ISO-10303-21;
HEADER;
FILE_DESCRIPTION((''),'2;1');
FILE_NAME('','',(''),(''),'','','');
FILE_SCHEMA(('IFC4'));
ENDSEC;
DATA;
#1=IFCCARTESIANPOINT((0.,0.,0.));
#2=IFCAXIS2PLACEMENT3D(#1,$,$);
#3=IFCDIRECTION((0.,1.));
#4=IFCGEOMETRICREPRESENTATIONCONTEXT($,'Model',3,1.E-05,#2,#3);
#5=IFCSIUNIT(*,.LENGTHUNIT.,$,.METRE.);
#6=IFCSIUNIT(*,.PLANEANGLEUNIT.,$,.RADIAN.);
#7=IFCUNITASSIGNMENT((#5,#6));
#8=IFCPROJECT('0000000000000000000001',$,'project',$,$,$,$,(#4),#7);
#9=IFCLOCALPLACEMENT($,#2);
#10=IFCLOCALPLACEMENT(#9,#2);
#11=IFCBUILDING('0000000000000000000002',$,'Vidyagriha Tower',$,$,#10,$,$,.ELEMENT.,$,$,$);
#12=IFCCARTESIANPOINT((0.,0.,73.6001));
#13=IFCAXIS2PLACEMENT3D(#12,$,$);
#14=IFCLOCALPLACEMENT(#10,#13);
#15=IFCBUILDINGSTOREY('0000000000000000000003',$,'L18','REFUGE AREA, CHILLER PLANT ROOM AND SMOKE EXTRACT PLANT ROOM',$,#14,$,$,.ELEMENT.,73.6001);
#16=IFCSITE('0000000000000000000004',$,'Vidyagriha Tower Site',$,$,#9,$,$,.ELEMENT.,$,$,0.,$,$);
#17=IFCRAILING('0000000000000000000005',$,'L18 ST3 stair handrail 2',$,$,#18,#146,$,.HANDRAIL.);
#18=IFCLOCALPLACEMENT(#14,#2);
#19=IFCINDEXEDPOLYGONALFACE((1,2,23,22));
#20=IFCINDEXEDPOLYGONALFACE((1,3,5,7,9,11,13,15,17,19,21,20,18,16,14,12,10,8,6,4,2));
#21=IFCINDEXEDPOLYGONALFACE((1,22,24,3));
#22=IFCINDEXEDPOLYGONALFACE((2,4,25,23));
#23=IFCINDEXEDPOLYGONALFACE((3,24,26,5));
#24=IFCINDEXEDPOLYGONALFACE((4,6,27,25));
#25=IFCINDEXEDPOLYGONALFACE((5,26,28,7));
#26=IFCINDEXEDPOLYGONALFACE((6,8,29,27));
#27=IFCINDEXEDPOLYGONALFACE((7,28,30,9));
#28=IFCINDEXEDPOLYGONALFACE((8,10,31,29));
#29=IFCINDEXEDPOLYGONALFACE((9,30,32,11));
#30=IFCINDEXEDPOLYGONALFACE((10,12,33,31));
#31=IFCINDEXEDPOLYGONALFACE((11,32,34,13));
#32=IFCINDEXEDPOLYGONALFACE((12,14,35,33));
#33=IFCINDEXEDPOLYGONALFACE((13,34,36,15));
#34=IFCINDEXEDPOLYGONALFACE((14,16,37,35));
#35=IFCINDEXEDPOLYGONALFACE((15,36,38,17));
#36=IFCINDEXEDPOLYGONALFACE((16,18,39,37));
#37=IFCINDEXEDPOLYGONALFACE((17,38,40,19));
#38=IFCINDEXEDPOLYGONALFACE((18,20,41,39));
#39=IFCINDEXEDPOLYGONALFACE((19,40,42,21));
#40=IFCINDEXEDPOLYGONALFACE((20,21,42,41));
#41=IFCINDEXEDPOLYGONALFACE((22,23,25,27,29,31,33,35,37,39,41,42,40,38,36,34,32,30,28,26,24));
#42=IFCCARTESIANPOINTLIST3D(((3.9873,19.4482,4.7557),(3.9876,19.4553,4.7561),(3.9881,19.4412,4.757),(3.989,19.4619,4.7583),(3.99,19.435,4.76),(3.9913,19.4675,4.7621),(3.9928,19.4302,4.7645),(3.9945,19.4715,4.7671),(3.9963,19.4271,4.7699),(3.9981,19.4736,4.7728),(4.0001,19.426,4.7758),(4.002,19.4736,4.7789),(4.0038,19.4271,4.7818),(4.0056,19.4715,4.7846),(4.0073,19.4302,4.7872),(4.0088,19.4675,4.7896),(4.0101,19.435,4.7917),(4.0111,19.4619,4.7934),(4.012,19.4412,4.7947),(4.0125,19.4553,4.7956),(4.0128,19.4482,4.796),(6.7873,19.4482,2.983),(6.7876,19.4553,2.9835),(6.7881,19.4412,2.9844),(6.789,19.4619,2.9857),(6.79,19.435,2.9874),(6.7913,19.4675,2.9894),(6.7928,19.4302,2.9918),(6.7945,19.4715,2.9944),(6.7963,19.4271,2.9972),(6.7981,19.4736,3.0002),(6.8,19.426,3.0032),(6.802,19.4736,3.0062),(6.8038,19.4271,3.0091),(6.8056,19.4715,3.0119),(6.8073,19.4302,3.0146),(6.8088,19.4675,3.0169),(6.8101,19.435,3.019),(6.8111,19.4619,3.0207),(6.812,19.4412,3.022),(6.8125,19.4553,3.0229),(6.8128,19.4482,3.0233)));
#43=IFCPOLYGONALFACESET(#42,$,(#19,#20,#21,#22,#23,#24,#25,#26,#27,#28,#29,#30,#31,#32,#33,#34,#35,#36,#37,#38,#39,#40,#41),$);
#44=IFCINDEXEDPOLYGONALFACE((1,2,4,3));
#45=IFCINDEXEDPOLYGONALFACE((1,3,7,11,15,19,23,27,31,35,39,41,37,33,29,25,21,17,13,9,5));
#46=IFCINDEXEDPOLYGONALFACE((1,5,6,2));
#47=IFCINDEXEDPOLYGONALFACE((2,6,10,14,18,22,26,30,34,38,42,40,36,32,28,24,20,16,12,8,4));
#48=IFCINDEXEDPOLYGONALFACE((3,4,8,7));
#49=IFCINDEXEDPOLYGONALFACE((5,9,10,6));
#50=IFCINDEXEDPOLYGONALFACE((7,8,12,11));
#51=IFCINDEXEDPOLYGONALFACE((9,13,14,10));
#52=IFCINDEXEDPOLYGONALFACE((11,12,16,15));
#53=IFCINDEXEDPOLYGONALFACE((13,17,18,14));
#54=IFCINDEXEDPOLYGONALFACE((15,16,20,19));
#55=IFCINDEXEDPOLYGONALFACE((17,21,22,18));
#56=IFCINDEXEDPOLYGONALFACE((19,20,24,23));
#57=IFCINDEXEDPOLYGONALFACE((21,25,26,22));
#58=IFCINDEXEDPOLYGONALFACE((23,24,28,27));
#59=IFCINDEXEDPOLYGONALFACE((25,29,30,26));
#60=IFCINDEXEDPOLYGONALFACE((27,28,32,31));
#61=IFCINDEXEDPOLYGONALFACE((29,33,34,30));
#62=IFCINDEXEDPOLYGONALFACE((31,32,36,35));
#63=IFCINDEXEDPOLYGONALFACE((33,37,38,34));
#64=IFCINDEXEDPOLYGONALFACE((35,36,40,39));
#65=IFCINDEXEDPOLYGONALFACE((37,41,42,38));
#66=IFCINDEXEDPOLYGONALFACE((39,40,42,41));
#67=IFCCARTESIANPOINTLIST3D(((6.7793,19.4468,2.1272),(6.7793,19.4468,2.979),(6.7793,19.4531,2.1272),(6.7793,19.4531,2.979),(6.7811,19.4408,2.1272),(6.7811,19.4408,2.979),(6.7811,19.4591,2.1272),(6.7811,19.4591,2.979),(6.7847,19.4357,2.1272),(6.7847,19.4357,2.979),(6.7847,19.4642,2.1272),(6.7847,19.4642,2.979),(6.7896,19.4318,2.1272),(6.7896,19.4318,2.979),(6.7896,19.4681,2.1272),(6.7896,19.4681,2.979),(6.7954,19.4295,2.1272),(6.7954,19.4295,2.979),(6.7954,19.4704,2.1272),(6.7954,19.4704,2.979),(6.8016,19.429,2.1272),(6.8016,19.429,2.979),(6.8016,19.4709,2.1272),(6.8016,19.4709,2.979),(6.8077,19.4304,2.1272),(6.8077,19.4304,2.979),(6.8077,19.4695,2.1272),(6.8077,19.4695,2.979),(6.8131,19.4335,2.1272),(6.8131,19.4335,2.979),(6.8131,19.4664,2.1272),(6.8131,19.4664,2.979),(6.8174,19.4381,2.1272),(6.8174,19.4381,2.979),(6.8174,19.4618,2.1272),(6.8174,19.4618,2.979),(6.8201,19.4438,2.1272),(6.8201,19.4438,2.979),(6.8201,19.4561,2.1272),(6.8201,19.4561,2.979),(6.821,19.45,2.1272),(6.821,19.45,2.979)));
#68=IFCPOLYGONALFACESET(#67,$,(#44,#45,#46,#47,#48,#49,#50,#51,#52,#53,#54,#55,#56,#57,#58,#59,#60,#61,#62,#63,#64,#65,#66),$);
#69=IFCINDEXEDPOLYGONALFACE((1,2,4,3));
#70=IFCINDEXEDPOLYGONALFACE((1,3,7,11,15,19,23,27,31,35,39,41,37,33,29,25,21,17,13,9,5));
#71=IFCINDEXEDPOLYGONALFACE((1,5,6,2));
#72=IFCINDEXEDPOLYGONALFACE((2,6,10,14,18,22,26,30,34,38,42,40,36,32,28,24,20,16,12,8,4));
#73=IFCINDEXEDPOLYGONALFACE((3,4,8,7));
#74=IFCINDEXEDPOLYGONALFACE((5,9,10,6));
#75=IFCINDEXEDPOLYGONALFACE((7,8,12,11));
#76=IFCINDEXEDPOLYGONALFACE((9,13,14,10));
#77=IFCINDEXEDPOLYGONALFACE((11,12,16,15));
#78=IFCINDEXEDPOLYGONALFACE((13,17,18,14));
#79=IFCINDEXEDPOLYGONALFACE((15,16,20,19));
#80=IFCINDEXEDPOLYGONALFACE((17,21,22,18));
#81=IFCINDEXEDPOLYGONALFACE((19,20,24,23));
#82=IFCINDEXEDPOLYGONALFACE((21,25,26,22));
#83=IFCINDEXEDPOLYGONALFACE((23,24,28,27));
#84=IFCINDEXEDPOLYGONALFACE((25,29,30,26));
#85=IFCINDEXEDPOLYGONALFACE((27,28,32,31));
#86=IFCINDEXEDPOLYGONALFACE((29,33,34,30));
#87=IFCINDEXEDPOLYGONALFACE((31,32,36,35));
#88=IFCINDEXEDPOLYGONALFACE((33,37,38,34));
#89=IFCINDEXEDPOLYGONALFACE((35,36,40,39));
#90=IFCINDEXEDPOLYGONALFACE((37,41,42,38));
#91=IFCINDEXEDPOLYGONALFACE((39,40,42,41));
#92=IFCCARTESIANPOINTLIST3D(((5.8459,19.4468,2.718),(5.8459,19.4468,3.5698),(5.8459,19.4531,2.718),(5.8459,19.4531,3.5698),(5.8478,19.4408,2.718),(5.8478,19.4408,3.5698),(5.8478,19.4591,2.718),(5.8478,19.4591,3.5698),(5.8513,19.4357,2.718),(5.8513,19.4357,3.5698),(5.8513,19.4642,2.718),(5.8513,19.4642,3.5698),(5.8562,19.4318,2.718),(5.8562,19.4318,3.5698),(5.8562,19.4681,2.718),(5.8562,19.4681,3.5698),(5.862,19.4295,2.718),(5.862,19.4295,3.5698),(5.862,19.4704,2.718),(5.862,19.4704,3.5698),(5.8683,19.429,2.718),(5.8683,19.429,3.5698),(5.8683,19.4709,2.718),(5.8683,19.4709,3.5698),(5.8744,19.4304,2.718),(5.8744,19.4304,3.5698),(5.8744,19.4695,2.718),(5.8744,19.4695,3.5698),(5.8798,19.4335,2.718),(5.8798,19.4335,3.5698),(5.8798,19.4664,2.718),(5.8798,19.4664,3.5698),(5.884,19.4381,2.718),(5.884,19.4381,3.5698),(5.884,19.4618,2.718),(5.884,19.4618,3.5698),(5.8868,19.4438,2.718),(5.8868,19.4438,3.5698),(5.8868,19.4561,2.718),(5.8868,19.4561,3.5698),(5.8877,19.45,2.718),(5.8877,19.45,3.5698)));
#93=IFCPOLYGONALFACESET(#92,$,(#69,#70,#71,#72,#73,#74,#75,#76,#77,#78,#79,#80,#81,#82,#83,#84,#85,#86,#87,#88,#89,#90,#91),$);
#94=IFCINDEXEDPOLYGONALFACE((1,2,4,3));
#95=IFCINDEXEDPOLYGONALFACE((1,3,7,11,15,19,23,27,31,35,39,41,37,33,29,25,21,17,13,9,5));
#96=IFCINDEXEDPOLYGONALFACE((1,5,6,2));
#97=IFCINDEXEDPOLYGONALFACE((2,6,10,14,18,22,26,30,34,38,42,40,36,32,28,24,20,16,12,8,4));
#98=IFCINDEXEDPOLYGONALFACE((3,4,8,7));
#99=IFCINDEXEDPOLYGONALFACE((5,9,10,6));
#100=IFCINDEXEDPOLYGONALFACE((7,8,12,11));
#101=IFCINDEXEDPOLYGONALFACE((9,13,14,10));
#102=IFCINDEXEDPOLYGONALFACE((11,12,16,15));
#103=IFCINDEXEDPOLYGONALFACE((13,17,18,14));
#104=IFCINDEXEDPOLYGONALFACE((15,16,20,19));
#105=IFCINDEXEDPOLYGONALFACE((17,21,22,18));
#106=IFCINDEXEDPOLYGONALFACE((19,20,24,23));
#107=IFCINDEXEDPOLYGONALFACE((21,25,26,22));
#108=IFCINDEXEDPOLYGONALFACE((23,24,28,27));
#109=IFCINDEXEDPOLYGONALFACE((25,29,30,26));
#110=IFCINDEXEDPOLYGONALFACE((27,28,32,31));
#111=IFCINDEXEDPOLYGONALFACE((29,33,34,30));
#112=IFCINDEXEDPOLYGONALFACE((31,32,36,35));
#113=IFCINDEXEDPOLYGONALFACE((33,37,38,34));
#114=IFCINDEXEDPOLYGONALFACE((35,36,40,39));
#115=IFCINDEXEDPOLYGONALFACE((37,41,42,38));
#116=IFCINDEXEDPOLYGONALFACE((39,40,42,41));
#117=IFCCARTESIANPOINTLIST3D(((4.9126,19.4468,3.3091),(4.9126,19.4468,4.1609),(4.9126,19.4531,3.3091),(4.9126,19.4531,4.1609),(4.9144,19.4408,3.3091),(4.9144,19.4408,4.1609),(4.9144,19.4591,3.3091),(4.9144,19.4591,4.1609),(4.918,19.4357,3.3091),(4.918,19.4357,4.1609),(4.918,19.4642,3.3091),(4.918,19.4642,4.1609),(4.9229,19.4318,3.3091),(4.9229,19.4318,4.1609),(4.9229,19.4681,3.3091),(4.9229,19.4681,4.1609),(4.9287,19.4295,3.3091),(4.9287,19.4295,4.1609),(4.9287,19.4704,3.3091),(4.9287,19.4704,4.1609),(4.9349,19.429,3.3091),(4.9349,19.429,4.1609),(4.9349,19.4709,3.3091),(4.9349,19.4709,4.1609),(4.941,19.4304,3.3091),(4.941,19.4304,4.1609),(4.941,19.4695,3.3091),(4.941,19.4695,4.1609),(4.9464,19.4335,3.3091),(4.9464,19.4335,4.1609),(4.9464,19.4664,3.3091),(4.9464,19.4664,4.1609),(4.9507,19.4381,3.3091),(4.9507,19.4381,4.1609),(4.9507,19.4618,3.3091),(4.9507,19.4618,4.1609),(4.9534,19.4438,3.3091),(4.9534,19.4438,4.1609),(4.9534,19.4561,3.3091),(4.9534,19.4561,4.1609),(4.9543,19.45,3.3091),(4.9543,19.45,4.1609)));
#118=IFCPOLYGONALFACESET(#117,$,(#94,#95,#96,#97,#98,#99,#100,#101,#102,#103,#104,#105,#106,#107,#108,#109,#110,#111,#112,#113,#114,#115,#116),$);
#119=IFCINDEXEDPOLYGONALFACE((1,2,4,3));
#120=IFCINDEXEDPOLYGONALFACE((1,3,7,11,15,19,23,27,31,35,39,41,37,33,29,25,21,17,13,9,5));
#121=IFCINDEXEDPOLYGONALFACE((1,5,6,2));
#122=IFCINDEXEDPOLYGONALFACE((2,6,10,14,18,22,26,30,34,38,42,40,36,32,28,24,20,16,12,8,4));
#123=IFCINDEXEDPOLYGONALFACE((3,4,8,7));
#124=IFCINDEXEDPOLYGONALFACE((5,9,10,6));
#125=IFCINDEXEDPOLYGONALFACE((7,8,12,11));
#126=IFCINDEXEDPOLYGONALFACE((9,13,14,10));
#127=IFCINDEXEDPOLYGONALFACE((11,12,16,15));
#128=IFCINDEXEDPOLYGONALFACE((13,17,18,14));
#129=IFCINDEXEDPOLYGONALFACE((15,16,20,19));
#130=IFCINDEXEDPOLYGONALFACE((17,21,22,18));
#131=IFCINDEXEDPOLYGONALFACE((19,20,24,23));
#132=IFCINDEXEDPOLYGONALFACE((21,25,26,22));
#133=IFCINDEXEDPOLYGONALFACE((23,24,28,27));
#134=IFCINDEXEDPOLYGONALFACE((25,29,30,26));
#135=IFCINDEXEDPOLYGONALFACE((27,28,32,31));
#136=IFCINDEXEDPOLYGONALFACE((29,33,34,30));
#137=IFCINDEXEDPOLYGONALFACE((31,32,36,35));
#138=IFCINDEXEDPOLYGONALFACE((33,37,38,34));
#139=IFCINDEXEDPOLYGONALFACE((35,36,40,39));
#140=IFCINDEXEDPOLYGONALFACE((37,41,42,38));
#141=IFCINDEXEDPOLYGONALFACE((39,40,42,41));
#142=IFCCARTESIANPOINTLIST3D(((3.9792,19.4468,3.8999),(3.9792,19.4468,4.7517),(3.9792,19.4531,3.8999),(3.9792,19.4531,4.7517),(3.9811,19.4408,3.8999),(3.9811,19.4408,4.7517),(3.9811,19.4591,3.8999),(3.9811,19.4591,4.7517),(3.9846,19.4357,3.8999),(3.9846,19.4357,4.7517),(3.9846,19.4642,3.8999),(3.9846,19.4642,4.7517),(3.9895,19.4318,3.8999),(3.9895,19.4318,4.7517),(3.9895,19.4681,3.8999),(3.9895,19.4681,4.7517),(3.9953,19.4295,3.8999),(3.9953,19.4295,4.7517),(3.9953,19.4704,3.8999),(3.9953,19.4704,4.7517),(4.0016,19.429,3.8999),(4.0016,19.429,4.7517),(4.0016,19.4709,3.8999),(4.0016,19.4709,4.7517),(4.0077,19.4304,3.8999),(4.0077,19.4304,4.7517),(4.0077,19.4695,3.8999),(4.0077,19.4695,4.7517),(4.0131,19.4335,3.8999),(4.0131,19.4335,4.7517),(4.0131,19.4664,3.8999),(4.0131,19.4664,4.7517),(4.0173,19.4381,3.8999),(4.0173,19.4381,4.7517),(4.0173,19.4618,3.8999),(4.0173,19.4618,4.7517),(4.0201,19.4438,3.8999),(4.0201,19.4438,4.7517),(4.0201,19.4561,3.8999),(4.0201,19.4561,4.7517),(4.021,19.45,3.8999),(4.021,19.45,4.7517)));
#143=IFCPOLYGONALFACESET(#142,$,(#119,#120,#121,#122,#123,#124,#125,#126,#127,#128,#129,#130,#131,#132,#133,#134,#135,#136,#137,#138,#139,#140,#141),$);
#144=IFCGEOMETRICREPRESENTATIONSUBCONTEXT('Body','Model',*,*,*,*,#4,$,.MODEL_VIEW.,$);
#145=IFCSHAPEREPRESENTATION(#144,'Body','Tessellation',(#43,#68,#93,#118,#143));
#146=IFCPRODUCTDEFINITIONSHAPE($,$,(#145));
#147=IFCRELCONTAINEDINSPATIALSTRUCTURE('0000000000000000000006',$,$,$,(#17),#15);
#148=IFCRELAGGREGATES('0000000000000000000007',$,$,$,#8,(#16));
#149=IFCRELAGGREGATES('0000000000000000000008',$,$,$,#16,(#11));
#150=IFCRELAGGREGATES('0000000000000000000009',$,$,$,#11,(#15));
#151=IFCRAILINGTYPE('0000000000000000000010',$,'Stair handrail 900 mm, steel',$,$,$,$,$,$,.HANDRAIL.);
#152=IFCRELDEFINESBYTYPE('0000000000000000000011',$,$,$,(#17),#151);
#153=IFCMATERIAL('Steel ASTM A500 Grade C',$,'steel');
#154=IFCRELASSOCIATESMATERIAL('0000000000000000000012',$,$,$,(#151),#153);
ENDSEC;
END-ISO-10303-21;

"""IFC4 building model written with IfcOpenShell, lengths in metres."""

from ifc_helpers import new_model, si_unit, direction, frame, origin, origin_2d, place, context, subcontext, project, spatial, circle, extrude, material, type_object, element, save


model = new_model("IFC4")

# Units and contexts
model_context = context("Model", 3, precision=1e-05, world=origin(), true_north=direction((0.0, 1.0)))
body_context = subcontext(model_context, "Body", "Model", "MODEL_VIEW")
ifc_project = project(units=[si_unit("LENGTHUNIT", "METRE"), si_unit("PLANEANGLEUNIT", "RADIAN")], contexts=[model_context])

# Site, building, storey
site_placement = place(None, origin())
site = spatial("IfcSite", under=ifc_project, at=site_placement, Name="Vidyagriha Tower Site", CompositionType="ELEMENT", RefElevation=0.0)
building_placement = place(site_placement, origin())
building = spatial("IfcBuilding", under=site, at=building_placement, Name="Vidyagriha Tower", CompositionType="ELEMENT")
storey_placement = place(building_placement, frame((0.0, 0.0, 73.6001)))
storey = spatial("IfcBuildingStorey", under=building, at=storey_placement, Name="L18", Description="REFUGE AREA, CHILLER PLANT ROOM AND SMOKE EXTRACT PLANT ROOM", CompositionType="ELEMENT", Elevation=73.6001)

# Railing
ifc_material_1 = material(Name="Steel ASTM A500 Grade C", Category="steel")
railing_type_1 = type_object("IfcRailingType", Name="Stair handrail 900 mm, steel", PredefinedType="HANDRAIL", material=ifc_material_1)
railing_1_placement = place(storey_placement, frame((6.8, 19.45, 2.1272)))
element("IfcRailing", 1, at=railing_1_placement, inside=storey, type_object=railing_type_1, Name="L18 ST3 stair handrail 2", PredefinedType="HANDRAIL", context=body_context, shape_type="SweptSolid", body=[
    extrude(circle(Radius=0.0239, at=origin_2d()), frame((0.0, 0.0, 0.876), z_axis=(-0.844909, 0.0, 0.53491), x_axis=(0.0, -1.0, 0.0)), (0.0, 0.0, 1.0), 3.314),
    extrude(circle(Radius=0.021, at=origin_2d()), origin(), (0.0, 0.0, 1.0), 0.8518),
    extrude(circle(Radius=0.021, at=origin_2d()), frame((-0.9333, 0.0, 0.5908)), (0.0, 0.0, 1.0), 0.8518),
    extrude(circle(Radius=0.021, at=origin_2d()), frame((-1.8667, 0.0, 1.1819)), (0.0, 0.0, 1.0), 0.8518),
    extrude(circle(Radius=0.021, at=origin_2d()), frame((-2.8, 0.0, 1.7727)), (0.0, 0.0, 1.0), 0.8518),
])

save(model, "model.ifc")
